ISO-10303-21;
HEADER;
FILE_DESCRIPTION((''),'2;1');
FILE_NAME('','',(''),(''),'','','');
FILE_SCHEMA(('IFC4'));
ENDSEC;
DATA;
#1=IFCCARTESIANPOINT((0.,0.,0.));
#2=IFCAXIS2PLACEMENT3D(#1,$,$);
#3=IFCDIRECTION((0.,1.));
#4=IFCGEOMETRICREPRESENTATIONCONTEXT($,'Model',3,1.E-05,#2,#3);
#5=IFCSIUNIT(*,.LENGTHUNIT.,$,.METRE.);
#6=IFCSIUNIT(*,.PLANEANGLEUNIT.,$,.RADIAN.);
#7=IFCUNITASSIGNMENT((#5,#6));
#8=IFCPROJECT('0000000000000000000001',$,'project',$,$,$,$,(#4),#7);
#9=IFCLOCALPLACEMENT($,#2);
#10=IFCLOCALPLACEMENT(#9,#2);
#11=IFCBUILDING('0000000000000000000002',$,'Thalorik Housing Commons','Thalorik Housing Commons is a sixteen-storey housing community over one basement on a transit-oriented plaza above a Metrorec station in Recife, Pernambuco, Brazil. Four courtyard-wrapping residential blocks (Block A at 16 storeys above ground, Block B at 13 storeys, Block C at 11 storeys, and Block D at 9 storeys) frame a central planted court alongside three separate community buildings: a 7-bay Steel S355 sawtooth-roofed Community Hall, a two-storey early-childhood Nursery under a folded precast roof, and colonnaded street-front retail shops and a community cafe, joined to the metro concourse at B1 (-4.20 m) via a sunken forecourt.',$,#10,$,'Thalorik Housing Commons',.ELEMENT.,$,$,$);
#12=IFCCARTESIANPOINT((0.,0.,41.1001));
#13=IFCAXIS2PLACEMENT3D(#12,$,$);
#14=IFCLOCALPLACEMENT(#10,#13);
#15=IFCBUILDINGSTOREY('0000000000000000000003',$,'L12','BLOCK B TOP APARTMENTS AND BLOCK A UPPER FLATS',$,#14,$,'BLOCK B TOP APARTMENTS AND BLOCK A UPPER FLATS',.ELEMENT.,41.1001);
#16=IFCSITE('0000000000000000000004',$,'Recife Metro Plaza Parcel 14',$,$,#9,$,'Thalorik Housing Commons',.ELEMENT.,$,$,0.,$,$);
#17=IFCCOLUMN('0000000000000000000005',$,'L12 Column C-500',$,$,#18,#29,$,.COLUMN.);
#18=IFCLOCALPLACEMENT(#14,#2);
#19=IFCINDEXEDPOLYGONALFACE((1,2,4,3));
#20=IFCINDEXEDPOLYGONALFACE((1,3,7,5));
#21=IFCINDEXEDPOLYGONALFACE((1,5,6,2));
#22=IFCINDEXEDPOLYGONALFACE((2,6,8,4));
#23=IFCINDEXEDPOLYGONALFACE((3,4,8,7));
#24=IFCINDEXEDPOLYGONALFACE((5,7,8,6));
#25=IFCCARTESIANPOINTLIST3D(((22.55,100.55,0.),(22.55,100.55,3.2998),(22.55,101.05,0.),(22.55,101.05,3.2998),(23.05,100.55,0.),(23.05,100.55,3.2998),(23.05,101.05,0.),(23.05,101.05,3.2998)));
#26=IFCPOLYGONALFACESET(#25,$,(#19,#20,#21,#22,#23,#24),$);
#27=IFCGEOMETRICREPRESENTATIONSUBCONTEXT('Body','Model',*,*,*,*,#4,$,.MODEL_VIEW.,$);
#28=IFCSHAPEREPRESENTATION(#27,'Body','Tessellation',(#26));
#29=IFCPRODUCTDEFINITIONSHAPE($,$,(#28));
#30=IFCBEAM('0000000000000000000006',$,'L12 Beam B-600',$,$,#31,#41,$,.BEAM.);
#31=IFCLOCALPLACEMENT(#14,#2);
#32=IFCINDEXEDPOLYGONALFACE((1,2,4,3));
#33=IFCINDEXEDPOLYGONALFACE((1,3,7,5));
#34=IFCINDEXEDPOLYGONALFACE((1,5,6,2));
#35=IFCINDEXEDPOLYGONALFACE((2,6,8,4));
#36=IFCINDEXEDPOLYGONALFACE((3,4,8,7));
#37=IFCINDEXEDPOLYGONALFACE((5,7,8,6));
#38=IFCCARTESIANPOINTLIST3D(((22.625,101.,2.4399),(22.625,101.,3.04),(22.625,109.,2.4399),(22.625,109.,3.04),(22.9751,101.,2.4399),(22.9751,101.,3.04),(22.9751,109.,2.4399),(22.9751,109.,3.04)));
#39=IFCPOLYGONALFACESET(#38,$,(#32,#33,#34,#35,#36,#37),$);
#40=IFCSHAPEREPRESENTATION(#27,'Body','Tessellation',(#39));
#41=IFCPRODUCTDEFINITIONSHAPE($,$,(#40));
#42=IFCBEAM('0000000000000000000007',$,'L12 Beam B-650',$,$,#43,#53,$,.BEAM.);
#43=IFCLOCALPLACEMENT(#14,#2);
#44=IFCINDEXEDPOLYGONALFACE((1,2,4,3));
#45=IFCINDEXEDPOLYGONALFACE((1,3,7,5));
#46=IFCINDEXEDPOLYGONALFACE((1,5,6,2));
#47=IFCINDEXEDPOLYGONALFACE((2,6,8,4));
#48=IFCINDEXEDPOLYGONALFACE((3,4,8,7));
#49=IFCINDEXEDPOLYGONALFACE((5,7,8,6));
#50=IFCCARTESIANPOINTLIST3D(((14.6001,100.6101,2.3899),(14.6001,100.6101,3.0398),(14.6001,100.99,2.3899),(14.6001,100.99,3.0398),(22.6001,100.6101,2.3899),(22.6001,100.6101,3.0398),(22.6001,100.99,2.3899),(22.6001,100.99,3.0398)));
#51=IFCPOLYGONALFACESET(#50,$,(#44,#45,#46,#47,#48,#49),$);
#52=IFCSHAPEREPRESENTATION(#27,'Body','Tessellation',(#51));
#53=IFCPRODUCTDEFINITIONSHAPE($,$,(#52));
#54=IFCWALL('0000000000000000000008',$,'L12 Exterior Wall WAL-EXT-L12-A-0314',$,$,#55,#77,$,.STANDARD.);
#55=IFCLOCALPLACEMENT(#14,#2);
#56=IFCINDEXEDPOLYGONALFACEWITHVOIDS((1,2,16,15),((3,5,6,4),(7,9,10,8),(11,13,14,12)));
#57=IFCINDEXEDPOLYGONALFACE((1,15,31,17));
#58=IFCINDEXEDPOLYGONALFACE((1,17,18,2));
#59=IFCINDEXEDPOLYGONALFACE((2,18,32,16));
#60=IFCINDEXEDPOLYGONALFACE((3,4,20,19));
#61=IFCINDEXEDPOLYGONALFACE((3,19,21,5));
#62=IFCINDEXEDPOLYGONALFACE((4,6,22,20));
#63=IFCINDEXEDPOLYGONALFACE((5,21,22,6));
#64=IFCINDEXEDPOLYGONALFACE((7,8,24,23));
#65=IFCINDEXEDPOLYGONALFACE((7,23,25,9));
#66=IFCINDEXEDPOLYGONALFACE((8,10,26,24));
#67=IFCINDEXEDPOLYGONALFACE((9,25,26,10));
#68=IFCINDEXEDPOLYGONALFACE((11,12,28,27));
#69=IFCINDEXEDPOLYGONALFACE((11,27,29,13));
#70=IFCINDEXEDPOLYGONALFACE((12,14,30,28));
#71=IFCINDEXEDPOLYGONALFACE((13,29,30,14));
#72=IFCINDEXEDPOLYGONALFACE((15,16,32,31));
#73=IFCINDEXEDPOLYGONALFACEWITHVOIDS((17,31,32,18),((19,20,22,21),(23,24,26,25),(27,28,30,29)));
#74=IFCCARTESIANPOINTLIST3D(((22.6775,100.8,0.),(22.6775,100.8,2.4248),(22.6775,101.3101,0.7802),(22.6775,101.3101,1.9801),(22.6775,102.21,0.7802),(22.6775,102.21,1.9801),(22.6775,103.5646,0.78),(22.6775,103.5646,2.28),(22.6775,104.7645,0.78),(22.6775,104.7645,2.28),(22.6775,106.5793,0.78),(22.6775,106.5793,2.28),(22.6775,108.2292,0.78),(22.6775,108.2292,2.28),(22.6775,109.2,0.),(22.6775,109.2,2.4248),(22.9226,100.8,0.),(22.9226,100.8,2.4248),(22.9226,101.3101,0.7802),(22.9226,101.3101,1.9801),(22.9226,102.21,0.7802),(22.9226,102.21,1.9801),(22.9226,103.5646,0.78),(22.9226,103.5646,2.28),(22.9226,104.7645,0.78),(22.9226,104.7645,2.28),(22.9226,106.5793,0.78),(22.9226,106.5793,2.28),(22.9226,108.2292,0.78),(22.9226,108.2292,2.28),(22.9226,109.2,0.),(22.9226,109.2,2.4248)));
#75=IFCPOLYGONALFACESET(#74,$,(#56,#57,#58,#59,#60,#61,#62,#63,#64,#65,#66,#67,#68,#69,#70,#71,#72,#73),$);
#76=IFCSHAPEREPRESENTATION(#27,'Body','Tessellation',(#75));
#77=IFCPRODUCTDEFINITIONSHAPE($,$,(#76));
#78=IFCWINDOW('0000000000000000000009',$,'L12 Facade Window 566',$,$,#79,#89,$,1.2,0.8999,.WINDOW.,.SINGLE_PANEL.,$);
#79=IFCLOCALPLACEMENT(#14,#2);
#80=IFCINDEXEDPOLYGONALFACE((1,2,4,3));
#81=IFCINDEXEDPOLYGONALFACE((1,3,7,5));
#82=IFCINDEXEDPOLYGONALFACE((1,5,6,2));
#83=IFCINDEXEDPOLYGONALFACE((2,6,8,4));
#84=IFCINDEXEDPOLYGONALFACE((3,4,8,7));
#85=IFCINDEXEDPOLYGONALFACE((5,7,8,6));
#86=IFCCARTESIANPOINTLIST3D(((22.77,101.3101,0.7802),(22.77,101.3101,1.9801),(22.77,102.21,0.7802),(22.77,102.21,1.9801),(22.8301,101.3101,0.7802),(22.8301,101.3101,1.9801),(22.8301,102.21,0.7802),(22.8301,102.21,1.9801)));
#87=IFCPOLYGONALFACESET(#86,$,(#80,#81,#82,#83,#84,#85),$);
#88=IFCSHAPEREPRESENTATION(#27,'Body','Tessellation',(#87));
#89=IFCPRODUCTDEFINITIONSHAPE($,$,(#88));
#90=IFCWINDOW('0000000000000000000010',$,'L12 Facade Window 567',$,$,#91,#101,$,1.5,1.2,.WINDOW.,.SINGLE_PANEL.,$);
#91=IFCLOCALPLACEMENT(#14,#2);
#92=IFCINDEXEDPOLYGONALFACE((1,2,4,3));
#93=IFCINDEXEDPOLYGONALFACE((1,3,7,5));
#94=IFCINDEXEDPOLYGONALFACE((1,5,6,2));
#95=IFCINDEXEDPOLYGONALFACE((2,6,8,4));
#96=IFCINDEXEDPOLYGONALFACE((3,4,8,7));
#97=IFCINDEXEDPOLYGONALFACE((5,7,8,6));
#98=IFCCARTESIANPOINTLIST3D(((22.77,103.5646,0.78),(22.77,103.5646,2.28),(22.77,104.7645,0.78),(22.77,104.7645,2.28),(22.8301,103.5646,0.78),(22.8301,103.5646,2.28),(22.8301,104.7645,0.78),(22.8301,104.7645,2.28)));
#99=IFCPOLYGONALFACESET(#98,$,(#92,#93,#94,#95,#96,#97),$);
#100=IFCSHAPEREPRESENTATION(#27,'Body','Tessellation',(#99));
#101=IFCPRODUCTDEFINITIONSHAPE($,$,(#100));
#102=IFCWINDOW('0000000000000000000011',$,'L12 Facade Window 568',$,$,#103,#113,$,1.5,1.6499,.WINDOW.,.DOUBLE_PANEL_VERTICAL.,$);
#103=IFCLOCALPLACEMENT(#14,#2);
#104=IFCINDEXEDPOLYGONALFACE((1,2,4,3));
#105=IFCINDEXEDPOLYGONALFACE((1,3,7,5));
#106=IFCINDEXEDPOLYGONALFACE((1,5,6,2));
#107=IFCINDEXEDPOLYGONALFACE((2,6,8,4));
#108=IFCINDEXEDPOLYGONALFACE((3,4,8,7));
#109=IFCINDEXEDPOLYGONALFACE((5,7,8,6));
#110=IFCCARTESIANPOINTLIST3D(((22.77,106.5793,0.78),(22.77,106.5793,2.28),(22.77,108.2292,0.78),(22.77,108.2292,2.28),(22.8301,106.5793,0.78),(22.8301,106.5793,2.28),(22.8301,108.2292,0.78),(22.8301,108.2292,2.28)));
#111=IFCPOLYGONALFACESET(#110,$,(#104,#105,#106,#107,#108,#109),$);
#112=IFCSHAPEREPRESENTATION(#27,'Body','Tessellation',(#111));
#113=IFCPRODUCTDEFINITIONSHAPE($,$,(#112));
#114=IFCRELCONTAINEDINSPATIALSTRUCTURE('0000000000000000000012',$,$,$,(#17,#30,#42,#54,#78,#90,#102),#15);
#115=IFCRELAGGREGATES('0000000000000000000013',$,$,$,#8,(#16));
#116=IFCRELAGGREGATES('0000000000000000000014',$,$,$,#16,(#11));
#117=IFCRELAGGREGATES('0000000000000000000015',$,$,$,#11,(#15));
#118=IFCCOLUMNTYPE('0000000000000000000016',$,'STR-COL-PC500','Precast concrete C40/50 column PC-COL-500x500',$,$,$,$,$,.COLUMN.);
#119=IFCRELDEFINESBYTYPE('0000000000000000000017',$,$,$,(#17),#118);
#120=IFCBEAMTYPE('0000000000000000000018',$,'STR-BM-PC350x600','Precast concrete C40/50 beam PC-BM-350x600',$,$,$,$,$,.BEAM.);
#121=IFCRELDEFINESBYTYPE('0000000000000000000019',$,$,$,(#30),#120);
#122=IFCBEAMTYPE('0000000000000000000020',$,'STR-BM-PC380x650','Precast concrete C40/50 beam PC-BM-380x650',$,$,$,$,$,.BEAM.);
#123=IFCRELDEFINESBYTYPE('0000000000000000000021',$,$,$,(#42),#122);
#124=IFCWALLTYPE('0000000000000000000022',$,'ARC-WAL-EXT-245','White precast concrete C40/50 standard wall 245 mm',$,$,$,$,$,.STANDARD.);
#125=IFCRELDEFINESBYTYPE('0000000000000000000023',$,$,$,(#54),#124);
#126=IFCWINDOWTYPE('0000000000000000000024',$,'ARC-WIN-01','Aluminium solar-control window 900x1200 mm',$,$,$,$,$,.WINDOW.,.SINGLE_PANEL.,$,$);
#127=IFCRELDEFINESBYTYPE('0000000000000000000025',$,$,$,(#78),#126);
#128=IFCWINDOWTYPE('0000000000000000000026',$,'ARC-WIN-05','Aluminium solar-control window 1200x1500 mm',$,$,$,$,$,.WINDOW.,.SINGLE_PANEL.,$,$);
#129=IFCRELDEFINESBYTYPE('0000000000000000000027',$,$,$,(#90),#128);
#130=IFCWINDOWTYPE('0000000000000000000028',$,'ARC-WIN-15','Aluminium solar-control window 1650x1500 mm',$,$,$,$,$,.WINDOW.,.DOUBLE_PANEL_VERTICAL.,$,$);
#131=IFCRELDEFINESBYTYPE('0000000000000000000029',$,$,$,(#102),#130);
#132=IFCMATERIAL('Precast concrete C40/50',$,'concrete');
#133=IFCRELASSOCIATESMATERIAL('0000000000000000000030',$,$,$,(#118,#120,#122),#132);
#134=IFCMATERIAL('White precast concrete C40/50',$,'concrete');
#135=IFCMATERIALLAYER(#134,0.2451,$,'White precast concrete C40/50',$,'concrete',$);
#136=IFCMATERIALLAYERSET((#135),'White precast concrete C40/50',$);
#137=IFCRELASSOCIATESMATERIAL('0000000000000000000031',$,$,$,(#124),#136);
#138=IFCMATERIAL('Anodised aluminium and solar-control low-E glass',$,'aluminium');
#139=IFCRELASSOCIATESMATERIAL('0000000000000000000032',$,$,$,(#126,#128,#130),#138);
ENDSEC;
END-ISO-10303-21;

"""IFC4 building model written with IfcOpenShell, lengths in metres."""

from ifc_helpers import new_model, si_unit, direction, frame, frame_2d, origin, origin_2d, place, context, subcontext, project, spatial, rectangle, extrude, material, layer, layer_set, material_profile, profile_set, type_object, element, fill, save


model = new_model("IFC4")

# Units and contexts
model_context = context("Model", 3, precision=1e-05, world=origin(), true_north=direction((0.0, 1.0)))
body_context = subcontext(model_context, "Body", "Model", "MODEL_VIEW")
ifc_project = project(units=[si_unit("LENGTHUNIT", "METRE"), si_unit("PLANEANGLEUNIT", "RADIAN")], contexts=[model_context])

# Site, building, storey
site_placement = place(None, origin())
site = spatial("IfcSite", under=ifc_project, at=site_placement, Name="Recife Metro Plaza Parcel 14", LongName="Thalorik Housing Commons", CompositionType="ELEMENT", RefElevation=0.0)
building_placement = place(site_placement, origin())
building = spatial("IfcBuilding", under=site, at=building_placement, Name="Thalorik Housing Commons", Description="Thalorik Housing Commons is a sixteen-storey housing community over one basement on a transit-oriented plaza above a Metrorec station in Recife, Pernambuco, Brazil. Four courtyard-wrapping residential blocks (Block A at 16 storeys above ground, Block B at 13 storeys, Block C at 11 storeys, and Block D at 9 storeys) frame a central planted court alongside three separate community buildings: a 7-bay Steel S355 sawtooth-roofed Community Hall, a two-storey early-childhood Nursery under a folded precast roof, and colonnaded street-front retail shops and a community cafe, joined to the metro concourse at B1 (-4.20 m) via a sunken forecourt.", LongName="Thalorik Housing Commons", CompositionType="ELEMENT")
storey_placement = place(building_placement, frame((0.0, 0.0, 41.1001)))
storey = spatial("IfcBuildingStorey", under=building, at=storey_placement, Name="L12", Description="BLOCK B TOP APARTMENTS AND BLOCK A UPPER FLATS", LongName="BLOCK B TOP APARTMENTS AND BLOCK A UPPER FLATS", CompositionType="ELEMENT", Elevation=41.1001)

# Column
ifc_material_1 = material(Name="Precast concrete C40/50", Category="concrete")
ifc_material_profile_1 = material_profile(ifc_material_1, rectangle(XDim=0.5, YDim=0.5, at=origin_2d()), Name="PC 500x500", Category="concrete")
ifc_profile_set_1 = profile_set([ifc_material_profile_1], Name="Precast concrete C40/50")
column_type = type_object("IfcColumnType", Name="STR-COL-PC500", Description="Precast concrete C40/50 column PC-COL-500x500", PredefinedType="COLUMN", material=ifc_profile_set_1)
column_placement = place(storey_placement, frame((22.8, 100.8, 0.0), z_axis=(0.0, 0.0, 1.0), x_axis=(1.0, 0.0, 0.0)))
element("IfcColumn", 1, at=column_placement, inside=storey, type_object=column_type, Name="L12 Column C-500", PredefinedType="COLUMN", context=body_context, shape_type="SweptSolid", body=[
    extrude(rectangle(XDim=0.5, YDim=0.5, at=origin_2d()), origin(), (0.0, 0.0, 1.0), 3.2998),
])

# Beams
ifc_material_profile_2 = material_profile(ifc_material_1, rectangle(XDim=0.3501, YDim=0.6001, at=origin_2d()), Name="PC 350x600", Category="concrete")
ifc_profile_set_2 = profile_set([ifc_material_profile_2], Name="Precast concrete C40/50")
beam_type_1 = type_object("IfcBeamType", Name="STR-BM-PC350x600", Description="Precast concrete C40/50 beam PC-BM-350x600", PredefinedType="BEAM", material=ifc_profile_set_2)
beam_1_placement = place(storey_placement, frame((22.8, 101.0, 2.74), z_axis=(0.0, 1.0, 0.0), x_axis=(-1.0, 0.0, 0.0)))
element("IfcBeam", 2, at=beam_1_placement, inside=storey, type_object=beam_type_1, Name="L12 Beam B-600", PredefinedType="BEAM", context=body_context, shape_type="SweptSolid", body=[
    extrude(rectangle(XDim=0.3501, YDim=0.6001, at=origin_2d()), origin(), (0.0, 0.0, 1.0), 8.0),
])
ifc_material_profile_3 = material_profile(ifc_material_1, rectangle(XDim=0.3799, YDim=0.6499, at=origin_2d()), Name="PC 380x650", Category="concrete")
ifc_profile_set_3 = profile_set([ifc_material_profile_3], Name="Precast concrete C40/50")
beam_type_2 = type_object("IfcBeamType", Name="STR-BM-PC380x650", Description="Precast concrete C40/50 beam PC-BM-380x650", PredefinedType="BEAM", material=ifc_profile_set_3)
beam_2_placement = place(storey_placement, frame((14.6001, 100.8, 2.7148), z_axis=(1.0, 0.0, 0.0), x_axis=(0.0, 1.0, 0.0)))
element("IfcBeam", 3, at=beam_2_placement, inside=storey, type_object=beam_type_2, Name="L12 Beam B-650", PredefinedType="BEAM", context=body_context, shape_type="SweptSolid", body=[
    extrude(rectangle(XDim=0.3799, YDim=0.6499, at=origin_2d()), origin(), (0.0, 0.0, 1.0), 8.0),
])

# Wall, openings, windows
ifc_material_2 = material(Name="White precast concrete C40/50", Category="concrete")
ifc_layer_1 = layer(ifc_material_2, 0.2451, Name="White precast concrete C40/50", Category="concrete")
ifc_layer_set_1 = layer_set([ifc_layer_1], Name="White precast concrete C40/50")
wall_type_1 = type_object("IfcWallType", Name="ARC-WAL-EXT-245", Description="White precast concrete C40/50 standard wall 245 mm", PredefinedType="STANDARD", material=ifc_layer_set_1)
wall_1_placement = place(storey_placement, frame((22.8, 100.8, 0.0), z_axis=(0.0, 0.0, 1.0), x_axis=(0.0, 1.0, 0.0)))
wall_1 = element("IfcWall", 4, at=wall_1_placement, inside=storey, type_object=wall_type_1, Name="L12 Exterior Wall WAL-EXT-L12-A-0314", PredefinedType="STANDARD", context=body_context, shape_type="SweptSolid", body=[
    extrude(rectangle(XDim=8.3999, YDim=0.2451, at=frame_2d((4.2, 0.0))), origin(), (0.0, 0.0, 1.0), 2.4248),
])
opening_1_placement = place(wall_1_placement, frame((0.51, 0.0, 0.78)))
opening_1 = element("IfcOpeningElement", 5, at=opening_1_placement, cuts=wall_1, PredefinedType="OPENING", context=body_context, shape_type="SweptSolid", body=[
    extrude(rectangle(XDim=0.8999, YDim=1.2, at=frame_2d((0.45, 0.6001))), frame((0.0, 0.1326, 0.0), z_axis=(0.0, -1.0, 0.0), x_axis=(1.0, 0.0, 0.0)), (0.0, 0.0, 1.0), 0.2651),
])
opening_2_placement = place(wall_1_placement, frame((2.7644, 0.0, 0.78)))
opening_2 = element("IfcOpeningElement", 6, at=opening_2_placement, cuts=wall_1, PredefinedType="OPENING", context=body_context, shape_type="SweptSolid", body=[
    extrude(rectangle(XDim=1.2, YDim=1.5, at=frame_2d((0.6001, 0.75))), frame((0.0, 0.1326, 0.0), z_axis=(0.0, -1.0, 0.0), x_axis=(1.0, 0.0, 0.0)), (0.0, 0.0, 1.0), 0.2651),
])
opening_3_placement = place(wall_1_placement, frame((5.7793, 0.0, 0.78)))
opening_3 = element("IfcOpeningElement", 7, at=opening_3_placement, cuts=wall_1, PredefinedType="OPENING", context=body_context, shape_type="SweptSolid", body=[
    extrude(rectangle(XDim=1.6499, YDim=1.5, at=frame_2d((0.825, 0.75))), frame((0.0, 0.1326, 0.0), z_axis=(0.0, -1.0, 0.0), x_axis=(1.0, 0.0, 0.0)), (0.0, 0.0, 1.0), 0.2651),
])
ifc_material_3 = material(Name="Anodised aluminium and solar-control low-E glass", Category="aluminium")
window_type_1 = type_object("IfcWindowType", Name="ARC-WIN-01", Description="Aluminium solar-control window 900x1200 mm", PartitioningType="SINGLE_PANEL", PredefinedType="WINDOW", material=ifc_material_3)
window_1_placement = place(opening_1_placement, origin())
window_1 = element("IfcWindow", 8, at=window_1_placement, inside=storey, type_object=window_type_1, Name="L12 Facade Window 566", OverallHeight=1.2, OverallWidth=0.8999, PartitioningType="SINGLE_PANEL", PredefinedType="WINDOW", context=body_context, shape_type="SweptSolid", body=[
    extrude(rectangle(XDim=0.8999, YDim=1.2, at=frame_2d((0.45, 0.6001))), frame((0.0, 0.03, 0.0), z_axis=(0.0, -1.0, 0.0), x_axis=(1.0, 0.0, 0.0)), (0.0, 0.0, 1.0), 0.0601),
])
fill(opening_1, window_1)
window_type_2 = type_object("IfcWindowType", Name="ARC-WIN-05", Description="Aluminium solar-control window 1200x1500 mm", PartitioningType="SINGLE_PANEL", PredefinedType="WINDOW", material=ifc_material_3)
window_2_placement = place(opening_2_placement, origin())
window_2 = element("IfcWindow", 9, at=window_2_placement, inside=storey, type_object=window_type_2, Name="L12 Facade Window 567", OverallHeight=1.5, OverallWidth=1.2, PartitioningType="SINGLE_PANEL", PredefinedType="WINDOW", context=body_context, shape_type="SweptSolid", body=[
    extrude(rectangle(XDim=1.2, YDim=1.5, at=frame_2d((0.6001, 0.75))), frame((0.0, 0.03, 0.0), z_axis=(0.0, -1.0, 0.0), x_axis=(1.0, 0.0, 0.0)), (0.0, 0.0, 1.0), 0.0601),
])
fill(opening_2, window_2)
window_type_3 = type_object("IfcWindowType", Name="ARC-WIN-15", Description="Aluminium solar-control window 1650x1500 mm", PartitioningType="DOUBLE_PANEL_VERTICAL", PredefinedType="WINDOW", material=ifc_material_3)
window_3_placement = place(opening_3_placement, origin())
window_3 = element("IfcWindow", 10, at=window_3_placement, inside=storey, type_object=window_type_3, Name="L12 Facade Window 568", OverallHeight=1.5, OverallWidth=1.6499, PartitioningType="DOUBLE_PANEL_VERTICAL", PredefinedType="WINDOW", context=body_context, shape_type="SweptSolid", body=[
    extrude(rectangle(XDim=1.6499, YDim=1.5, at=frame_2d((0.825, 0.75))), frame((0.0, 0.03, 0.0), z_axis=(0.0, -1.0, 0.0), x_axis=(1.0, 0.0, 0.0)), (0.0, 0.0, 1.0), 0.0601),
])
fill(opening_3, window_3)

save(model, "model.ifc")
